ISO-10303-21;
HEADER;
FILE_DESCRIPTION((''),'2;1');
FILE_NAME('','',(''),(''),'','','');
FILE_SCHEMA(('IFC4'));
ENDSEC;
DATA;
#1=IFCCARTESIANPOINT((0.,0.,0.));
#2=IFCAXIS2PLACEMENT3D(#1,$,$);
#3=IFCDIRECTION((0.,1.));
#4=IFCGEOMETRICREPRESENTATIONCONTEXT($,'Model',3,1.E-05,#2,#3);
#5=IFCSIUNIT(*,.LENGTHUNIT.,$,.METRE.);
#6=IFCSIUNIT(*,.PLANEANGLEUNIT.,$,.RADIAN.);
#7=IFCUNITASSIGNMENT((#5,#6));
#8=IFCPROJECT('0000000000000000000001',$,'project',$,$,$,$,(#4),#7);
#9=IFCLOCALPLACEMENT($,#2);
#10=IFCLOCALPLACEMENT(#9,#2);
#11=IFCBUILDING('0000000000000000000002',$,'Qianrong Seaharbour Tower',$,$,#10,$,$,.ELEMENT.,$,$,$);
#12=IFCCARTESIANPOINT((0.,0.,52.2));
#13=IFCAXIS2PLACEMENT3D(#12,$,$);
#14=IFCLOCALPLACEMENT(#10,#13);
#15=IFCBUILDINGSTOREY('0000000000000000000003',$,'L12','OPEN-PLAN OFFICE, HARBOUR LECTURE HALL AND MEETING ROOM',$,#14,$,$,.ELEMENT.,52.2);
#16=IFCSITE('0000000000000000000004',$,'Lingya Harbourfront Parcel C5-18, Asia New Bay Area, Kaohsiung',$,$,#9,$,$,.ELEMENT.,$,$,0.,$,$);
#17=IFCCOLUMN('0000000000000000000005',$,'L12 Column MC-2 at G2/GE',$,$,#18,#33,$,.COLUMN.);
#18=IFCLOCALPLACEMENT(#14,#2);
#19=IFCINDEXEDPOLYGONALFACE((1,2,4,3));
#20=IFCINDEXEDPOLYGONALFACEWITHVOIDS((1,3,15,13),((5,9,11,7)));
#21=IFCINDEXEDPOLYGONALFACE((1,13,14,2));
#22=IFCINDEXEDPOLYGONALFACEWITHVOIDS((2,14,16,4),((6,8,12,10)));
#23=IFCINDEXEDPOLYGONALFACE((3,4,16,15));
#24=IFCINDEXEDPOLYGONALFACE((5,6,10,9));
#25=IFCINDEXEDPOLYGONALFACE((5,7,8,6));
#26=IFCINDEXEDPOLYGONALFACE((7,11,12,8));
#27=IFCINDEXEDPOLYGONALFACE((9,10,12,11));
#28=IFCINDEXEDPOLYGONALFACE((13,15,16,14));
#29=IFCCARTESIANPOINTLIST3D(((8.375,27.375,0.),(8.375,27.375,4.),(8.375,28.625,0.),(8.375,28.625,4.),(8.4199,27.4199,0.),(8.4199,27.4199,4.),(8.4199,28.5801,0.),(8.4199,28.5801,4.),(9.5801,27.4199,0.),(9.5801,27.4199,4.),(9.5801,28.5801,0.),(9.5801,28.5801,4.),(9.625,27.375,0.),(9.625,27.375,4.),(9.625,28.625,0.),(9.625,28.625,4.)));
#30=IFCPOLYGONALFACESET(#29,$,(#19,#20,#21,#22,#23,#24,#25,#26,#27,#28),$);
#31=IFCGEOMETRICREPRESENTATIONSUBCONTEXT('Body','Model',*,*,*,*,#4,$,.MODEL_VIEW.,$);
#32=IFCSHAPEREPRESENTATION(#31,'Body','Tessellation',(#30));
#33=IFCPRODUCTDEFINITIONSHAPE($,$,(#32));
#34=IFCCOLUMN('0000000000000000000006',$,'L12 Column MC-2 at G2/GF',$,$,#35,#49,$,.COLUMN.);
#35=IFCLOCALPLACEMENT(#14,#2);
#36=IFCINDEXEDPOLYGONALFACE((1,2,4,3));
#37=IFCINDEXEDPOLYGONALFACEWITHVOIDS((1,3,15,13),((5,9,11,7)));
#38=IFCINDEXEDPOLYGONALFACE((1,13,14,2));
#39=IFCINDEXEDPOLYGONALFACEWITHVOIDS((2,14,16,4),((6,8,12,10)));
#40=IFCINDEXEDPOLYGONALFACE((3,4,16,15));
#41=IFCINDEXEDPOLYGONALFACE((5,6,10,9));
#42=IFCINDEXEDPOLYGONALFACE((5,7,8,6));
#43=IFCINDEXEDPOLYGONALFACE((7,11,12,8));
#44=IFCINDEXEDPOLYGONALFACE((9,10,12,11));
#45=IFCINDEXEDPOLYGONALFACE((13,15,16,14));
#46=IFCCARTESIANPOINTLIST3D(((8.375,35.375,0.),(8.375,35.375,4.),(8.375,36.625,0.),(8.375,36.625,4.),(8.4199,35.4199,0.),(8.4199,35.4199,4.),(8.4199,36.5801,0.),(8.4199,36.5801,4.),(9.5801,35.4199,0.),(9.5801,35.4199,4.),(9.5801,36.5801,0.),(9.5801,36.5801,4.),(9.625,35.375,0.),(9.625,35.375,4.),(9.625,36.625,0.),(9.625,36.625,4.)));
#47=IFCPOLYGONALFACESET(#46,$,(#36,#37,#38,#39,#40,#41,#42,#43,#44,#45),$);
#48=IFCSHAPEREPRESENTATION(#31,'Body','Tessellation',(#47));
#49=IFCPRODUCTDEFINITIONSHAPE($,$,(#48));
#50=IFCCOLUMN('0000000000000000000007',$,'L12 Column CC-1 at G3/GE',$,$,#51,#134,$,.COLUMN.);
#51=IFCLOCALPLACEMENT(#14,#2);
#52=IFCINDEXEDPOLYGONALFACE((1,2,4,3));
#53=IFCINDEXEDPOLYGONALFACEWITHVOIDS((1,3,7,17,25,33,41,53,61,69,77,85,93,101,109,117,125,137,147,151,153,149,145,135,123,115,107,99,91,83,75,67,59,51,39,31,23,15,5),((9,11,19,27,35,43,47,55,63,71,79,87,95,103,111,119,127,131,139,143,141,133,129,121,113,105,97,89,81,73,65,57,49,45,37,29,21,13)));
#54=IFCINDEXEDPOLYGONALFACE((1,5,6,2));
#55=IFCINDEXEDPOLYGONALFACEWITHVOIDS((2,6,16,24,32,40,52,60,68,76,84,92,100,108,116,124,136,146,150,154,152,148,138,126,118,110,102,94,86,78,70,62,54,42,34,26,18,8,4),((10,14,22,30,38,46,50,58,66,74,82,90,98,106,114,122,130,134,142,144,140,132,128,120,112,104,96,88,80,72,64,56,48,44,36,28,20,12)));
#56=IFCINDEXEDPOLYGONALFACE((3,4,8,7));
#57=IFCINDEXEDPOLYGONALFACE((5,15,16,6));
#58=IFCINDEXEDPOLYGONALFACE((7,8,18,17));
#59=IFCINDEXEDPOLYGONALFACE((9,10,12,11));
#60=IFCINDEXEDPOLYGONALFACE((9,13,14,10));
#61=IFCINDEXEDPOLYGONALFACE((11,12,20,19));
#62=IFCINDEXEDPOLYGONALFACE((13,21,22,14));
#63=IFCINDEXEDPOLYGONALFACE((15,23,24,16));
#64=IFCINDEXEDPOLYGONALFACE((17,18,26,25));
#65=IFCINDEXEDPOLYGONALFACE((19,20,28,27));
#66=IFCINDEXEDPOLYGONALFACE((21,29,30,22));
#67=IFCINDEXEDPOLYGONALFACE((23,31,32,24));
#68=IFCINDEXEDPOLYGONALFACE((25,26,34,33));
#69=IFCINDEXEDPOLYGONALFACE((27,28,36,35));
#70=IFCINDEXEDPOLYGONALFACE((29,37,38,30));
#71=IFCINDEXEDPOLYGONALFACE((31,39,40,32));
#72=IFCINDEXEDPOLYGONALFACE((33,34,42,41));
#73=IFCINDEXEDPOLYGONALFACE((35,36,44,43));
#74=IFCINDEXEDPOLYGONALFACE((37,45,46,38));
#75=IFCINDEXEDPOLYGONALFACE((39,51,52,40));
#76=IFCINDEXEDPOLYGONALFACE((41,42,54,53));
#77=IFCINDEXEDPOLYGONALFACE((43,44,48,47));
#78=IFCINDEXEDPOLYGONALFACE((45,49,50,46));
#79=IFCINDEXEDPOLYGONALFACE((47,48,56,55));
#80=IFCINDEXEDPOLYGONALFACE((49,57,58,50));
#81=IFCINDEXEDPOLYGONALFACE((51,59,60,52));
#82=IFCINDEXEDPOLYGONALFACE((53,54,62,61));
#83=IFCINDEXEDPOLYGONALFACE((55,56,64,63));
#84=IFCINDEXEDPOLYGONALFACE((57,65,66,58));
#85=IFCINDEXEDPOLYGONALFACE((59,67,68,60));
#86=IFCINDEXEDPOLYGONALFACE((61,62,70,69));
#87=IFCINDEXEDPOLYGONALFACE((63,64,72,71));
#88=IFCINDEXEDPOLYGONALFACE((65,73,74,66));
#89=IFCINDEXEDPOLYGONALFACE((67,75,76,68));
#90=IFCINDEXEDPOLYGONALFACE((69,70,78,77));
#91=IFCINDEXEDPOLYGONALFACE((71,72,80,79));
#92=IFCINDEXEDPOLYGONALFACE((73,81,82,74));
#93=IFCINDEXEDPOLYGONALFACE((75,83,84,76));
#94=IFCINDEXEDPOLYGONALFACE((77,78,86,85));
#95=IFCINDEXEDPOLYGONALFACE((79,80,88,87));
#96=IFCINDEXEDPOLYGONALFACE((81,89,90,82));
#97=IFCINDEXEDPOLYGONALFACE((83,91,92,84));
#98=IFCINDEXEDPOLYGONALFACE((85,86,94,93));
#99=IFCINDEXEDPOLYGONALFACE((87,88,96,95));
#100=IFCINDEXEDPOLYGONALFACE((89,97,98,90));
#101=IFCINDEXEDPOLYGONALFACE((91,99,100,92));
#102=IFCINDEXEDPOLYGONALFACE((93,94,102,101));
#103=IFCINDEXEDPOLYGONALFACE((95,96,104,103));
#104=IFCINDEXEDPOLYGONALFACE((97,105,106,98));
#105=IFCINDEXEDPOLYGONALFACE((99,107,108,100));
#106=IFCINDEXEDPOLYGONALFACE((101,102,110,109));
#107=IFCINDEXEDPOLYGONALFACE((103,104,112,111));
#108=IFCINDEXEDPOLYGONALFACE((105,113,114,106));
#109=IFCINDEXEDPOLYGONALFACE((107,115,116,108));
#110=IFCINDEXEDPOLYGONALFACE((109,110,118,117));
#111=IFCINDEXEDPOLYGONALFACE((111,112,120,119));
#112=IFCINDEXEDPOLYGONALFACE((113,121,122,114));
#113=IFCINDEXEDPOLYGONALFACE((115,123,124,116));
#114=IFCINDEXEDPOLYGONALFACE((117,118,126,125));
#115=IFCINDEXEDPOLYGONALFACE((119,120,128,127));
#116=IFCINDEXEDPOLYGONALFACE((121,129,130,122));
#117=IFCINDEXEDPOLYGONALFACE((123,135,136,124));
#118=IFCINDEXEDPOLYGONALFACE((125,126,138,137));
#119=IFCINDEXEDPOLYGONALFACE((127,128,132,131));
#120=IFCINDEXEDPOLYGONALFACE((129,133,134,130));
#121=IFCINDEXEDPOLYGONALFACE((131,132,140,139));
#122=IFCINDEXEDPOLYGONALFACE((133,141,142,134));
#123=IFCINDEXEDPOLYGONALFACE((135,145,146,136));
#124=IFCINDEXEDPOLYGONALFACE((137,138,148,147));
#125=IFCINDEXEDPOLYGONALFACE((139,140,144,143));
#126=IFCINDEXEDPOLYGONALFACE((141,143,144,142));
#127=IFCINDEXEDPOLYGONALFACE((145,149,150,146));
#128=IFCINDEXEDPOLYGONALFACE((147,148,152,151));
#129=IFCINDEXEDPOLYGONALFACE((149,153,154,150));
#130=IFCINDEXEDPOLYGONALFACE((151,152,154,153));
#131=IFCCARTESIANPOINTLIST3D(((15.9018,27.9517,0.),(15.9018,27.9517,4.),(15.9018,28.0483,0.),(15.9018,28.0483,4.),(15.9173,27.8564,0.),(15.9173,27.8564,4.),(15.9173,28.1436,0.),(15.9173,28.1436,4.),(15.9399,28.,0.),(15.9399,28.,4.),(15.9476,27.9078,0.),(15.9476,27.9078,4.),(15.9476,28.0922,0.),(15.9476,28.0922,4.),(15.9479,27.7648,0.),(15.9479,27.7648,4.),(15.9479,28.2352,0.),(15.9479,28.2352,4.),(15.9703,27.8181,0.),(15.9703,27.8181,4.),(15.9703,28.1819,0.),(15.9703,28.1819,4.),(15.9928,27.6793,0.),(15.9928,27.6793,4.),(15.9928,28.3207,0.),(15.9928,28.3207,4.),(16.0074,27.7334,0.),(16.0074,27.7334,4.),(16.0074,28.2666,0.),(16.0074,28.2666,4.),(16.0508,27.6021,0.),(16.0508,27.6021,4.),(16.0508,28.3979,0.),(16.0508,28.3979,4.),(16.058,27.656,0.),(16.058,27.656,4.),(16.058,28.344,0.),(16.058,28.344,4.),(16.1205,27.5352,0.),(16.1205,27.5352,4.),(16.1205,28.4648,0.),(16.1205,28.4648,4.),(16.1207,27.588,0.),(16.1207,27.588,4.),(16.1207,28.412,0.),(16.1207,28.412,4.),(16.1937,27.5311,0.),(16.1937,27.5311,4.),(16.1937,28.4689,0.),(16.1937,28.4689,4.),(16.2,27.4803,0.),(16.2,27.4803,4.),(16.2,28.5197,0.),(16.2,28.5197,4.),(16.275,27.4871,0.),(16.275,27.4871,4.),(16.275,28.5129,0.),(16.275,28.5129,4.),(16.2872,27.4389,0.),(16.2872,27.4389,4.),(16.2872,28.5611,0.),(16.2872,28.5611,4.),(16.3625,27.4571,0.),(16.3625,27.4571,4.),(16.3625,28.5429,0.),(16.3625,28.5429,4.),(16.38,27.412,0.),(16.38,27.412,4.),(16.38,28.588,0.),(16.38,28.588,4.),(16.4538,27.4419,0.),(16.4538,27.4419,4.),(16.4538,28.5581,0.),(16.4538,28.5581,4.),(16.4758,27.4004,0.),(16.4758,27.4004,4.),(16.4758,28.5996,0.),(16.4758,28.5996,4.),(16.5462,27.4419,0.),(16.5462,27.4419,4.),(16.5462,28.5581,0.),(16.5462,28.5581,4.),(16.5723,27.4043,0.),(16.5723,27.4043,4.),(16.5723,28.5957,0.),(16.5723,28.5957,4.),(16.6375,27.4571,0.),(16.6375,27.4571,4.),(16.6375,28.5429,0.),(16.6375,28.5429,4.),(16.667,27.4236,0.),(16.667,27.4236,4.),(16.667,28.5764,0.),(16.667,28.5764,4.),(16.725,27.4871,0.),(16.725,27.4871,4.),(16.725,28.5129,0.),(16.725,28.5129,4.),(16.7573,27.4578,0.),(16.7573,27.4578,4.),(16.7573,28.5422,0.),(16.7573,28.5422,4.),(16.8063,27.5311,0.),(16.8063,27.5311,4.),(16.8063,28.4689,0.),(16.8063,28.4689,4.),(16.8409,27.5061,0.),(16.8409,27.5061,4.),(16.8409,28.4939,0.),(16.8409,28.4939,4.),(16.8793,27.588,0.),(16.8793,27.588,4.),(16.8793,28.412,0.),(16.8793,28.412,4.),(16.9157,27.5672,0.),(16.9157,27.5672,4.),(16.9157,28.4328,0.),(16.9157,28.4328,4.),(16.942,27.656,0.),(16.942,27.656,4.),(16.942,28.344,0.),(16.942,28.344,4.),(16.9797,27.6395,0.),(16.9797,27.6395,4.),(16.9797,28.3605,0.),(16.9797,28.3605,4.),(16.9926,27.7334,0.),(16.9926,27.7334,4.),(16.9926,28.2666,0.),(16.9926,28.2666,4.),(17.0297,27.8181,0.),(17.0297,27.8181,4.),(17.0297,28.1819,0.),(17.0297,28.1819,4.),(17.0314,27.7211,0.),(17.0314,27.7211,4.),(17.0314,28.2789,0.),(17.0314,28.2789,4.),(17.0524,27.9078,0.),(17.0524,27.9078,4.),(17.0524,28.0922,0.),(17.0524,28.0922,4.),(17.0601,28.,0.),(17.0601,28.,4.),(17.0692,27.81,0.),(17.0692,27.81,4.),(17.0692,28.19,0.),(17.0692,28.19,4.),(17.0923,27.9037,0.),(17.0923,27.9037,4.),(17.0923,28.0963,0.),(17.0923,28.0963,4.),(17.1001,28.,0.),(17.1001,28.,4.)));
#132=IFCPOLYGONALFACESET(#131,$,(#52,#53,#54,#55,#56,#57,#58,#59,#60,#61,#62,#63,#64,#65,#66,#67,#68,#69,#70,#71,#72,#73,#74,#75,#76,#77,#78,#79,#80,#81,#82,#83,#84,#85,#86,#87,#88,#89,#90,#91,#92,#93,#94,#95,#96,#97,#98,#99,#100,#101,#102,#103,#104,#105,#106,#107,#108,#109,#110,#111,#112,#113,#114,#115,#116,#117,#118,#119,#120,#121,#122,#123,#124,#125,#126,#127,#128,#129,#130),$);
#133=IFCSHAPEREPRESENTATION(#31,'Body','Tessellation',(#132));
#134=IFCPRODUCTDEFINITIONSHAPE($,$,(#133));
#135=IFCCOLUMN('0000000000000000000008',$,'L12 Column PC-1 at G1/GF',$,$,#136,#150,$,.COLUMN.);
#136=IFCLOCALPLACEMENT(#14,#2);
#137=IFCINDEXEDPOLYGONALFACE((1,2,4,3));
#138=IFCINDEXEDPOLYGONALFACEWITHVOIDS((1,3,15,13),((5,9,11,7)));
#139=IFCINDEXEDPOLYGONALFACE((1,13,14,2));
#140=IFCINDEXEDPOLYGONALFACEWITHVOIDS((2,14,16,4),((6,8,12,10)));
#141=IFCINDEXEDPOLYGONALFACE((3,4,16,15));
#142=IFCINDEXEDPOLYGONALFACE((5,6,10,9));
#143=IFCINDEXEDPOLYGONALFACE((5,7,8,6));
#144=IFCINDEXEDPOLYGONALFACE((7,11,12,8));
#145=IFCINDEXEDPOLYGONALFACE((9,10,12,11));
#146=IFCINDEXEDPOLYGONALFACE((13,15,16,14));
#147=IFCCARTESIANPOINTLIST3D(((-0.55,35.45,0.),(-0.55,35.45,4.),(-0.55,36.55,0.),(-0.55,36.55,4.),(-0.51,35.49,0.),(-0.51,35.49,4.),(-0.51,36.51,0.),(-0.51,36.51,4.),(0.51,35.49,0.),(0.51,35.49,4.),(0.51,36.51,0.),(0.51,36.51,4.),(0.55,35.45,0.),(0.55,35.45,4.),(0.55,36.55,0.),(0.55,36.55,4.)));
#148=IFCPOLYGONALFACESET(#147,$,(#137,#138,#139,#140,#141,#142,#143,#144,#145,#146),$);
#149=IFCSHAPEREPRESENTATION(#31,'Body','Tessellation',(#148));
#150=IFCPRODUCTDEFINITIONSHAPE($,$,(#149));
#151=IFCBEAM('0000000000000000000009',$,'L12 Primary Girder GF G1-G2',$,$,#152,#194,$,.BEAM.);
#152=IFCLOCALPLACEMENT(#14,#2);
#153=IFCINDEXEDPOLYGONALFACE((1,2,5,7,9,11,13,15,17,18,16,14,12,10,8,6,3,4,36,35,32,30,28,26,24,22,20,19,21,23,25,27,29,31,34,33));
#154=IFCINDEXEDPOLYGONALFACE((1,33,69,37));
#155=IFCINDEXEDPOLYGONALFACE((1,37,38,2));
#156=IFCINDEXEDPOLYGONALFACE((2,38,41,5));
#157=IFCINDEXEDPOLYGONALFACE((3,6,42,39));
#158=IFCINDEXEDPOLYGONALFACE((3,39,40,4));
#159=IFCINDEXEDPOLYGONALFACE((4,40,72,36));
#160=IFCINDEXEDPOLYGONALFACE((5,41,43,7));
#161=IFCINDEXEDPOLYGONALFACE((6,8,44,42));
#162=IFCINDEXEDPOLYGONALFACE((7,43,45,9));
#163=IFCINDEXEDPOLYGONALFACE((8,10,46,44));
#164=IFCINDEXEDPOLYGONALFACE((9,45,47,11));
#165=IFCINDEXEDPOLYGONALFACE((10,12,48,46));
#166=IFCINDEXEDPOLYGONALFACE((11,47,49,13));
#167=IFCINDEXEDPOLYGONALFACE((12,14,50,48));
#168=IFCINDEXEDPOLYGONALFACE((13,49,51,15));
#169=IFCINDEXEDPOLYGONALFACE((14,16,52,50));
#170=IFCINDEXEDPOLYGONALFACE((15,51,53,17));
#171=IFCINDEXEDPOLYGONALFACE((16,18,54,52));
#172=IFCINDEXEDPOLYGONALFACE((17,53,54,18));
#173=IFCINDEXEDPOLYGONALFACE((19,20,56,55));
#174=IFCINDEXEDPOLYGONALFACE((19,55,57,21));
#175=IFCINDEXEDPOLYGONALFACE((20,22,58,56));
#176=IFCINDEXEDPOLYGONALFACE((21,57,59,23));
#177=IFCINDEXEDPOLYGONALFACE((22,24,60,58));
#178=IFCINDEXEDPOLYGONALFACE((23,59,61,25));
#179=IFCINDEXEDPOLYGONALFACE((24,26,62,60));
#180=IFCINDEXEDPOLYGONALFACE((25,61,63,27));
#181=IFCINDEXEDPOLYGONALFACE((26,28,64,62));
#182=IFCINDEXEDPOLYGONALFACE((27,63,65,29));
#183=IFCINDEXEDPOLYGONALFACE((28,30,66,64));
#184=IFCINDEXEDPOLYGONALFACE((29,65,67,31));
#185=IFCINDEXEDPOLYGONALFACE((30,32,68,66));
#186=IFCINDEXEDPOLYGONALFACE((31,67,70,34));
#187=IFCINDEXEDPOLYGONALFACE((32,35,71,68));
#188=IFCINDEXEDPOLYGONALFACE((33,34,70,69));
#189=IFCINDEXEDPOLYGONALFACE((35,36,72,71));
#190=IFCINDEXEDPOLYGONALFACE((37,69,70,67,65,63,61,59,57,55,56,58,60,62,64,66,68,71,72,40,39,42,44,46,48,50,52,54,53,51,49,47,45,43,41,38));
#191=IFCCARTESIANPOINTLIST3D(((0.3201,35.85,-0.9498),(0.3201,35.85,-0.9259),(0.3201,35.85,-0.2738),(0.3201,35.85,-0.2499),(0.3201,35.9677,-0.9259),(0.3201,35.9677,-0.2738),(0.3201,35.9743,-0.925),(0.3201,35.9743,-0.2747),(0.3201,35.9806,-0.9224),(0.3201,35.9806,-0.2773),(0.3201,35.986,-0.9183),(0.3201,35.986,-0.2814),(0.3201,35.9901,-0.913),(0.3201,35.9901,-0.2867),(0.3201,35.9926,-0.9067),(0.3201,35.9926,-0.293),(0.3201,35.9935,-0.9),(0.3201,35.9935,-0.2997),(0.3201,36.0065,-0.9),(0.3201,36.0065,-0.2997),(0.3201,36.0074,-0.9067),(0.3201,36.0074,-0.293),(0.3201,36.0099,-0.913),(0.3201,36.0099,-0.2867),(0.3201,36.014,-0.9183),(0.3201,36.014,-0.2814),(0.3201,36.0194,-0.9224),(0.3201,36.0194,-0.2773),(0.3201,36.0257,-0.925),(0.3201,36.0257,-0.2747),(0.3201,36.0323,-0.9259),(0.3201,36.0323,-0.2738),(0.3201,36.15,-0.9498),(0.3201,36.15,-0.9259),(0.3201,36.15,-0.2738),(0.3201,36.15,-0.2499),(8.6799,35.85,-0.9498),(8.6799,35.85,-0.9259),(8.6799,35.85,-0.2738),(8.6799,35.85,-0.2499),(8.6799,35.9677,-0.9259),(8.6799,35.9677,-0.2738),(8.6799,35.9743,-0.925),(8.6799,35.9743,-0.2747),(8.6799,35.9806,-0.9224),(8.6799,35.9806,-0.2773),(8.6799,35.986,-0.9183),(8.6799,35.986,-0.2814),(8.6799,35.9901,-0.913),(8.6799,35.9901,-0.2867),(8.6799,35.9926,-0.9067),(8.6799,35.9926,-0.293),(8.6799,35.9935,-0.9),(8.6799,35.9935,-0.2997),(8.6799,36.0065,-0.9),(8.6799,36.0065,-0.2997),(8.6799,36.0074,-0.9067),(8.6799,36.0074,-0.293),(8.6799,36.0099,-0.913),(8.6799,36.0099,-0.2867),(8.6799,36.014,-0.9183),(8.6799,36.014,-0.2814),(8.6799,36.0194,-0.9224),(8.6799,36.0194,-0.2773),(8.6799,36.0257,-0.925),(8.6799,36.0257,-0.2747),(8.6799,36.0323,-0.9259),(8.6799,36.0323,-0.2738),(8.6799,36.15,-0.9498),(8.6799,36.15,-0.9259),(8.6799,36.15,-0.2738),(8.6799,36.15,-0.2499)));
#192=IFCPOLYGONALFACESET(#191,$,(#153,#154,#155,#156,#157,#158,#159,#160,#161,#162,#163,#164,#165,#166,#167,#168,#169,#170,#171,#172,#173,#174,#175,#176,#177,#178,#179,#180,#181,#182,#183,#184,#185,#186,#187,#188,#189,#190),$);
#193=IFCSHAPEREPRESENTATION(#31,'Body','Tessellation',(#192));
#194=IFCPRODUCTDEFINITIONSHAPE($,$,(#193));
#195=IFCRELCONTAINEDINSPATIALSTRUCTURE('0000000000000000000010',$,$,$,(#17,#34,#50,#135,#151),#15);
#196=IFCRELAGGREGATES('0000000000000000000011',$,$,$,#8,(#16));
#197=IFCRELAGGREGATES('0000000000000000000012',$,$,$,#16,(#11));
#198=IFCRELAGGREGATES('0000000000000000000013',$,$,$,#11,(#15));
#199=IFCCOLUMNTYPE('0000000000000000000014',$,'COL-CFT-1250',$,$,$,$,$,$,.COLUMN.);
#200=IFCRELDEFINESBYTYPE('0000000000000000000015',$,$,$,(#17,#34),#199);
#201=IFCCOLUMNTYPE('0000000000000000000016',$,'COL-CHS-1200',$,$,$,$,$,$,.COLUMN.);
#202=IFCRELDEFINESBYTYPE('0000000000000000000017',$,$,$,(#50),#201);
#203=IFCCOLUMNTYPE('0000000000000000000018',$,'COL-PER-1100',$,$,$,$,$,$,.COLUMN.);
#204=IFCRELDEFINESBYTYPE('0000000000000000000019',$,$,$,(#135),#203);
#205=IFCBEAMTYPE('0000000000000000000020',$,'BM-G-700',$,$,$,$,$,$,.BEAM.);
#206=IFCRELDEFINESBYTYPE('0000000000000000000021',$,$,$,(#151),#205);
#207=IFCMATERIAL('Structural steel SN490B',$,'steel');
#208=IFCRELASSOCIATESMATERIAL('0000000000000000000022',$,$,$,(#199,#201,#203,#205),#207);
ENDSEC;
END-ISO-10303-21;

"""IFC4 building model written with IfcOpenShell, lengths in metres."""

from ifc_helpers import new_model, si_unit, direction, frame, origin, origin_2d, place, context, subcontext, project, spatial, hollow_rectangle, hollow_circle, i_section, extrude, material, material_profile, profile_set, type_object, element, save


model = new_model("IFC4")

# Units and contexts
model_context = context("Model", 3, precision=1e-05, world=origin(), true_north=direction((0.0, 1.0)))
body_context = subcontext(model_context, "Body", "Model", "MODEL_VIEW")
ifc_project = project(units=[si_unit("LENGTHUNIT", "METRE"), si_unit("PLANEANGLEUNIT", "RADIAN")], contexts=[model_context])

# Site, building, storey
site_placement = place(None, origin())
site = spatial("IfcSite", under=ifc_project, at=site_placement, Name="Lingya Harbourfront Parcel C5-18, Asia New Bay Area, Kaohsiung", CompositionType="ELEMENT", RefElevation=0.0)
building_placement = place(site_placement, origin())
building = spatial("IfcBuilding", under=site, at=building_placement, Name="Qianrong Seaharbour Tower", CompositionType="ELEMENT")
storey_placement = place(building_placement, frame((0.0, 0.0, 52.2)))
storey = spatial("IfcBuildingStorey", under=building, at=storey_placement, Name="L12", Description="OPEN-PLAN OFFICE, HARBOUR LECTURE HALL AND MEETING ROOM", CompositionType="ELEMENT", Elevation=52.2)

# Columns
ifc_material_1 = material(Name="Structural steel SN490B", Category="steel")
ifc_material_profile_1 = material_profile(ifc_material_1, hollow_rectangle(XDim=1.25, YDim=1.25, WallThickness=0.0449, at=origin_2d()), Name="BOX1250x1250x45")
ifc_profile_set_1 = profile_set([ifc_material_profile_1], Name="Structural steel SN490B")
column_type_1 = type_object("IfcColumnType", Name="COL-CFT-1250", PredefinedType="COLUMN", material=ifc_profile_set_1)
for number, where, z_axis, x_axis, name in (
    (1, (9.0, 28.0, 0.0), (0.0, 0.0, 1.0), (1.0, 0.0, 0.0), "L12 Column MC-2 at G2/GE"),
    (2, (9.0, 36.0, 0.0), (0.0, 0.0, 1.0), (1.0, 0.0, 0.0), "L12 Column MC-2 at G2/GF"),
):
    element("IfcColumn", number, at=place(storey_placement, frame(where, z_axis=z_axis, x_axis=x_axis)), inside=storey, type_object=column_type_1, Name=name, PredefinedType="COLUMN", context=body_context, shape_type="SweptSolid", body=[
        extrude(hollow_rectangle(XDim=1.25, YDim=1.25, WallThickness=0.0449, at=origin_2d()), origin(), (0.0, 0.0, 1.0), 4.0),
    ])
ifc_material_profile_2 = material_profile(ifc_material_1, hollow_circle(Radius=0.6001, WallThickness=0.04, at=origin_2d()), Name="CHS1200x40")
ifc_profile_set_2 = profile_set([ifc_material_profile_2], Name="Structural steel SN490B")
column_type_2 = type_object("IfcColumnType", Name="COL-CHS-1200", PredefinedType="COLUMN", material=ifc_profile_set_2)
column_1_placement = place(storey_placement, frame((16.5, 28.0, 0.0), z_axis=(0.0, 0.0, 1.0), x_axis=(1.0, 0.0, 0.0)))
element("IfcColumn", 3, at=column_1_placement, inside=storey, type_object=column_type_2, Name="L12 Column CC-1 at G3/GE", PredefinedType="COLUMN", context=body_context, shape_type="SweptSolid", body=[
    extrude(hollow_circle(Radius=0.6001, WallThickness=0.04, at=origin_2d()), origin(), (0.0, 0.0, 1.0), 4.0),
])
ifc_material_profile_3 = material_profile(ifc_material_1, hollow_rectangle(XDim=1.1001, YDim=1.1001, WallThickness=0.04, at=origin_2d()), Name="BOX1100x1100x40")
ifc_profile_set_3 = profile_set([ifc_material_profile_3], Name="Structural steel SN490B")
column_type_3 = type_object("IfcColumnType", Name="COL-PER-1100", PredefinedType="COLUMN", material=ifc_profile_set_3)
column_2_placement = place(storey_placement, frame((0.0, 36.0, 0.0), z_axis=(0.0, 0.0, 1.0), x_axis=(1.0, 0.0, 0.0)))
element("IfcColumn", 4, at=column_2_placement, inside=storey, type_object=column_type_3, Name="L12 Column PC-1 at G1/GF", PredefinedType="COLUMN", context=body_context, shape_type="SweptSolid", body=[
    extrude(hollow_rectangle(XDim=1.1001, YDim=1.1001, WallThickness=0.04, at=origin_2d()), origin(), (0.0, 0.0, 1.0), 4.0),
])

# Beam
ifc_material_profile_4 = material_profile(ifc_material_1, i_section(OverallWidth=0.3, OverallDepth=0.7, WebThickness=0.0129, FlangeThickness=0.0239, FilletRadius=0.0259, at=origin_2d()), Name="H700x300x13x24")
ifc_profile_set_4 = profile_set([ifc_material_profile_4], Name="Structural steel SN490B")
beam_type_1 = type_object("IfcBeamType", Name="BM-G-700", PredefinedType="BEAM", material=ifc_profile_set_4)
beam_1_placement = place(storey_placement, frame((0.3201, 36.0, -0.5999), z_axis=(1.0, 0.0, 0.0), x_axis=(0.0, 1.0, 0.0)))
element("IfcBeam", 5, at=beam_1_placement, inside=storey, type_object=beam_type_1, Name="L12 Primary Girder GF G1-G2", PredefinedType="BEAM", context=body_context, shape_type="SweptSolid", body=[
    extrude(i_section(OverallWidth=0.3, OverallDepth=0.7, WebThickness=0.0129, FlangeThickness=0.0239, FilletRadius=0.0259, at=origin_2d()), origin(), (0.0, 0.0, 1.0), 8.3599),
])

save(model, "model.ifc")
